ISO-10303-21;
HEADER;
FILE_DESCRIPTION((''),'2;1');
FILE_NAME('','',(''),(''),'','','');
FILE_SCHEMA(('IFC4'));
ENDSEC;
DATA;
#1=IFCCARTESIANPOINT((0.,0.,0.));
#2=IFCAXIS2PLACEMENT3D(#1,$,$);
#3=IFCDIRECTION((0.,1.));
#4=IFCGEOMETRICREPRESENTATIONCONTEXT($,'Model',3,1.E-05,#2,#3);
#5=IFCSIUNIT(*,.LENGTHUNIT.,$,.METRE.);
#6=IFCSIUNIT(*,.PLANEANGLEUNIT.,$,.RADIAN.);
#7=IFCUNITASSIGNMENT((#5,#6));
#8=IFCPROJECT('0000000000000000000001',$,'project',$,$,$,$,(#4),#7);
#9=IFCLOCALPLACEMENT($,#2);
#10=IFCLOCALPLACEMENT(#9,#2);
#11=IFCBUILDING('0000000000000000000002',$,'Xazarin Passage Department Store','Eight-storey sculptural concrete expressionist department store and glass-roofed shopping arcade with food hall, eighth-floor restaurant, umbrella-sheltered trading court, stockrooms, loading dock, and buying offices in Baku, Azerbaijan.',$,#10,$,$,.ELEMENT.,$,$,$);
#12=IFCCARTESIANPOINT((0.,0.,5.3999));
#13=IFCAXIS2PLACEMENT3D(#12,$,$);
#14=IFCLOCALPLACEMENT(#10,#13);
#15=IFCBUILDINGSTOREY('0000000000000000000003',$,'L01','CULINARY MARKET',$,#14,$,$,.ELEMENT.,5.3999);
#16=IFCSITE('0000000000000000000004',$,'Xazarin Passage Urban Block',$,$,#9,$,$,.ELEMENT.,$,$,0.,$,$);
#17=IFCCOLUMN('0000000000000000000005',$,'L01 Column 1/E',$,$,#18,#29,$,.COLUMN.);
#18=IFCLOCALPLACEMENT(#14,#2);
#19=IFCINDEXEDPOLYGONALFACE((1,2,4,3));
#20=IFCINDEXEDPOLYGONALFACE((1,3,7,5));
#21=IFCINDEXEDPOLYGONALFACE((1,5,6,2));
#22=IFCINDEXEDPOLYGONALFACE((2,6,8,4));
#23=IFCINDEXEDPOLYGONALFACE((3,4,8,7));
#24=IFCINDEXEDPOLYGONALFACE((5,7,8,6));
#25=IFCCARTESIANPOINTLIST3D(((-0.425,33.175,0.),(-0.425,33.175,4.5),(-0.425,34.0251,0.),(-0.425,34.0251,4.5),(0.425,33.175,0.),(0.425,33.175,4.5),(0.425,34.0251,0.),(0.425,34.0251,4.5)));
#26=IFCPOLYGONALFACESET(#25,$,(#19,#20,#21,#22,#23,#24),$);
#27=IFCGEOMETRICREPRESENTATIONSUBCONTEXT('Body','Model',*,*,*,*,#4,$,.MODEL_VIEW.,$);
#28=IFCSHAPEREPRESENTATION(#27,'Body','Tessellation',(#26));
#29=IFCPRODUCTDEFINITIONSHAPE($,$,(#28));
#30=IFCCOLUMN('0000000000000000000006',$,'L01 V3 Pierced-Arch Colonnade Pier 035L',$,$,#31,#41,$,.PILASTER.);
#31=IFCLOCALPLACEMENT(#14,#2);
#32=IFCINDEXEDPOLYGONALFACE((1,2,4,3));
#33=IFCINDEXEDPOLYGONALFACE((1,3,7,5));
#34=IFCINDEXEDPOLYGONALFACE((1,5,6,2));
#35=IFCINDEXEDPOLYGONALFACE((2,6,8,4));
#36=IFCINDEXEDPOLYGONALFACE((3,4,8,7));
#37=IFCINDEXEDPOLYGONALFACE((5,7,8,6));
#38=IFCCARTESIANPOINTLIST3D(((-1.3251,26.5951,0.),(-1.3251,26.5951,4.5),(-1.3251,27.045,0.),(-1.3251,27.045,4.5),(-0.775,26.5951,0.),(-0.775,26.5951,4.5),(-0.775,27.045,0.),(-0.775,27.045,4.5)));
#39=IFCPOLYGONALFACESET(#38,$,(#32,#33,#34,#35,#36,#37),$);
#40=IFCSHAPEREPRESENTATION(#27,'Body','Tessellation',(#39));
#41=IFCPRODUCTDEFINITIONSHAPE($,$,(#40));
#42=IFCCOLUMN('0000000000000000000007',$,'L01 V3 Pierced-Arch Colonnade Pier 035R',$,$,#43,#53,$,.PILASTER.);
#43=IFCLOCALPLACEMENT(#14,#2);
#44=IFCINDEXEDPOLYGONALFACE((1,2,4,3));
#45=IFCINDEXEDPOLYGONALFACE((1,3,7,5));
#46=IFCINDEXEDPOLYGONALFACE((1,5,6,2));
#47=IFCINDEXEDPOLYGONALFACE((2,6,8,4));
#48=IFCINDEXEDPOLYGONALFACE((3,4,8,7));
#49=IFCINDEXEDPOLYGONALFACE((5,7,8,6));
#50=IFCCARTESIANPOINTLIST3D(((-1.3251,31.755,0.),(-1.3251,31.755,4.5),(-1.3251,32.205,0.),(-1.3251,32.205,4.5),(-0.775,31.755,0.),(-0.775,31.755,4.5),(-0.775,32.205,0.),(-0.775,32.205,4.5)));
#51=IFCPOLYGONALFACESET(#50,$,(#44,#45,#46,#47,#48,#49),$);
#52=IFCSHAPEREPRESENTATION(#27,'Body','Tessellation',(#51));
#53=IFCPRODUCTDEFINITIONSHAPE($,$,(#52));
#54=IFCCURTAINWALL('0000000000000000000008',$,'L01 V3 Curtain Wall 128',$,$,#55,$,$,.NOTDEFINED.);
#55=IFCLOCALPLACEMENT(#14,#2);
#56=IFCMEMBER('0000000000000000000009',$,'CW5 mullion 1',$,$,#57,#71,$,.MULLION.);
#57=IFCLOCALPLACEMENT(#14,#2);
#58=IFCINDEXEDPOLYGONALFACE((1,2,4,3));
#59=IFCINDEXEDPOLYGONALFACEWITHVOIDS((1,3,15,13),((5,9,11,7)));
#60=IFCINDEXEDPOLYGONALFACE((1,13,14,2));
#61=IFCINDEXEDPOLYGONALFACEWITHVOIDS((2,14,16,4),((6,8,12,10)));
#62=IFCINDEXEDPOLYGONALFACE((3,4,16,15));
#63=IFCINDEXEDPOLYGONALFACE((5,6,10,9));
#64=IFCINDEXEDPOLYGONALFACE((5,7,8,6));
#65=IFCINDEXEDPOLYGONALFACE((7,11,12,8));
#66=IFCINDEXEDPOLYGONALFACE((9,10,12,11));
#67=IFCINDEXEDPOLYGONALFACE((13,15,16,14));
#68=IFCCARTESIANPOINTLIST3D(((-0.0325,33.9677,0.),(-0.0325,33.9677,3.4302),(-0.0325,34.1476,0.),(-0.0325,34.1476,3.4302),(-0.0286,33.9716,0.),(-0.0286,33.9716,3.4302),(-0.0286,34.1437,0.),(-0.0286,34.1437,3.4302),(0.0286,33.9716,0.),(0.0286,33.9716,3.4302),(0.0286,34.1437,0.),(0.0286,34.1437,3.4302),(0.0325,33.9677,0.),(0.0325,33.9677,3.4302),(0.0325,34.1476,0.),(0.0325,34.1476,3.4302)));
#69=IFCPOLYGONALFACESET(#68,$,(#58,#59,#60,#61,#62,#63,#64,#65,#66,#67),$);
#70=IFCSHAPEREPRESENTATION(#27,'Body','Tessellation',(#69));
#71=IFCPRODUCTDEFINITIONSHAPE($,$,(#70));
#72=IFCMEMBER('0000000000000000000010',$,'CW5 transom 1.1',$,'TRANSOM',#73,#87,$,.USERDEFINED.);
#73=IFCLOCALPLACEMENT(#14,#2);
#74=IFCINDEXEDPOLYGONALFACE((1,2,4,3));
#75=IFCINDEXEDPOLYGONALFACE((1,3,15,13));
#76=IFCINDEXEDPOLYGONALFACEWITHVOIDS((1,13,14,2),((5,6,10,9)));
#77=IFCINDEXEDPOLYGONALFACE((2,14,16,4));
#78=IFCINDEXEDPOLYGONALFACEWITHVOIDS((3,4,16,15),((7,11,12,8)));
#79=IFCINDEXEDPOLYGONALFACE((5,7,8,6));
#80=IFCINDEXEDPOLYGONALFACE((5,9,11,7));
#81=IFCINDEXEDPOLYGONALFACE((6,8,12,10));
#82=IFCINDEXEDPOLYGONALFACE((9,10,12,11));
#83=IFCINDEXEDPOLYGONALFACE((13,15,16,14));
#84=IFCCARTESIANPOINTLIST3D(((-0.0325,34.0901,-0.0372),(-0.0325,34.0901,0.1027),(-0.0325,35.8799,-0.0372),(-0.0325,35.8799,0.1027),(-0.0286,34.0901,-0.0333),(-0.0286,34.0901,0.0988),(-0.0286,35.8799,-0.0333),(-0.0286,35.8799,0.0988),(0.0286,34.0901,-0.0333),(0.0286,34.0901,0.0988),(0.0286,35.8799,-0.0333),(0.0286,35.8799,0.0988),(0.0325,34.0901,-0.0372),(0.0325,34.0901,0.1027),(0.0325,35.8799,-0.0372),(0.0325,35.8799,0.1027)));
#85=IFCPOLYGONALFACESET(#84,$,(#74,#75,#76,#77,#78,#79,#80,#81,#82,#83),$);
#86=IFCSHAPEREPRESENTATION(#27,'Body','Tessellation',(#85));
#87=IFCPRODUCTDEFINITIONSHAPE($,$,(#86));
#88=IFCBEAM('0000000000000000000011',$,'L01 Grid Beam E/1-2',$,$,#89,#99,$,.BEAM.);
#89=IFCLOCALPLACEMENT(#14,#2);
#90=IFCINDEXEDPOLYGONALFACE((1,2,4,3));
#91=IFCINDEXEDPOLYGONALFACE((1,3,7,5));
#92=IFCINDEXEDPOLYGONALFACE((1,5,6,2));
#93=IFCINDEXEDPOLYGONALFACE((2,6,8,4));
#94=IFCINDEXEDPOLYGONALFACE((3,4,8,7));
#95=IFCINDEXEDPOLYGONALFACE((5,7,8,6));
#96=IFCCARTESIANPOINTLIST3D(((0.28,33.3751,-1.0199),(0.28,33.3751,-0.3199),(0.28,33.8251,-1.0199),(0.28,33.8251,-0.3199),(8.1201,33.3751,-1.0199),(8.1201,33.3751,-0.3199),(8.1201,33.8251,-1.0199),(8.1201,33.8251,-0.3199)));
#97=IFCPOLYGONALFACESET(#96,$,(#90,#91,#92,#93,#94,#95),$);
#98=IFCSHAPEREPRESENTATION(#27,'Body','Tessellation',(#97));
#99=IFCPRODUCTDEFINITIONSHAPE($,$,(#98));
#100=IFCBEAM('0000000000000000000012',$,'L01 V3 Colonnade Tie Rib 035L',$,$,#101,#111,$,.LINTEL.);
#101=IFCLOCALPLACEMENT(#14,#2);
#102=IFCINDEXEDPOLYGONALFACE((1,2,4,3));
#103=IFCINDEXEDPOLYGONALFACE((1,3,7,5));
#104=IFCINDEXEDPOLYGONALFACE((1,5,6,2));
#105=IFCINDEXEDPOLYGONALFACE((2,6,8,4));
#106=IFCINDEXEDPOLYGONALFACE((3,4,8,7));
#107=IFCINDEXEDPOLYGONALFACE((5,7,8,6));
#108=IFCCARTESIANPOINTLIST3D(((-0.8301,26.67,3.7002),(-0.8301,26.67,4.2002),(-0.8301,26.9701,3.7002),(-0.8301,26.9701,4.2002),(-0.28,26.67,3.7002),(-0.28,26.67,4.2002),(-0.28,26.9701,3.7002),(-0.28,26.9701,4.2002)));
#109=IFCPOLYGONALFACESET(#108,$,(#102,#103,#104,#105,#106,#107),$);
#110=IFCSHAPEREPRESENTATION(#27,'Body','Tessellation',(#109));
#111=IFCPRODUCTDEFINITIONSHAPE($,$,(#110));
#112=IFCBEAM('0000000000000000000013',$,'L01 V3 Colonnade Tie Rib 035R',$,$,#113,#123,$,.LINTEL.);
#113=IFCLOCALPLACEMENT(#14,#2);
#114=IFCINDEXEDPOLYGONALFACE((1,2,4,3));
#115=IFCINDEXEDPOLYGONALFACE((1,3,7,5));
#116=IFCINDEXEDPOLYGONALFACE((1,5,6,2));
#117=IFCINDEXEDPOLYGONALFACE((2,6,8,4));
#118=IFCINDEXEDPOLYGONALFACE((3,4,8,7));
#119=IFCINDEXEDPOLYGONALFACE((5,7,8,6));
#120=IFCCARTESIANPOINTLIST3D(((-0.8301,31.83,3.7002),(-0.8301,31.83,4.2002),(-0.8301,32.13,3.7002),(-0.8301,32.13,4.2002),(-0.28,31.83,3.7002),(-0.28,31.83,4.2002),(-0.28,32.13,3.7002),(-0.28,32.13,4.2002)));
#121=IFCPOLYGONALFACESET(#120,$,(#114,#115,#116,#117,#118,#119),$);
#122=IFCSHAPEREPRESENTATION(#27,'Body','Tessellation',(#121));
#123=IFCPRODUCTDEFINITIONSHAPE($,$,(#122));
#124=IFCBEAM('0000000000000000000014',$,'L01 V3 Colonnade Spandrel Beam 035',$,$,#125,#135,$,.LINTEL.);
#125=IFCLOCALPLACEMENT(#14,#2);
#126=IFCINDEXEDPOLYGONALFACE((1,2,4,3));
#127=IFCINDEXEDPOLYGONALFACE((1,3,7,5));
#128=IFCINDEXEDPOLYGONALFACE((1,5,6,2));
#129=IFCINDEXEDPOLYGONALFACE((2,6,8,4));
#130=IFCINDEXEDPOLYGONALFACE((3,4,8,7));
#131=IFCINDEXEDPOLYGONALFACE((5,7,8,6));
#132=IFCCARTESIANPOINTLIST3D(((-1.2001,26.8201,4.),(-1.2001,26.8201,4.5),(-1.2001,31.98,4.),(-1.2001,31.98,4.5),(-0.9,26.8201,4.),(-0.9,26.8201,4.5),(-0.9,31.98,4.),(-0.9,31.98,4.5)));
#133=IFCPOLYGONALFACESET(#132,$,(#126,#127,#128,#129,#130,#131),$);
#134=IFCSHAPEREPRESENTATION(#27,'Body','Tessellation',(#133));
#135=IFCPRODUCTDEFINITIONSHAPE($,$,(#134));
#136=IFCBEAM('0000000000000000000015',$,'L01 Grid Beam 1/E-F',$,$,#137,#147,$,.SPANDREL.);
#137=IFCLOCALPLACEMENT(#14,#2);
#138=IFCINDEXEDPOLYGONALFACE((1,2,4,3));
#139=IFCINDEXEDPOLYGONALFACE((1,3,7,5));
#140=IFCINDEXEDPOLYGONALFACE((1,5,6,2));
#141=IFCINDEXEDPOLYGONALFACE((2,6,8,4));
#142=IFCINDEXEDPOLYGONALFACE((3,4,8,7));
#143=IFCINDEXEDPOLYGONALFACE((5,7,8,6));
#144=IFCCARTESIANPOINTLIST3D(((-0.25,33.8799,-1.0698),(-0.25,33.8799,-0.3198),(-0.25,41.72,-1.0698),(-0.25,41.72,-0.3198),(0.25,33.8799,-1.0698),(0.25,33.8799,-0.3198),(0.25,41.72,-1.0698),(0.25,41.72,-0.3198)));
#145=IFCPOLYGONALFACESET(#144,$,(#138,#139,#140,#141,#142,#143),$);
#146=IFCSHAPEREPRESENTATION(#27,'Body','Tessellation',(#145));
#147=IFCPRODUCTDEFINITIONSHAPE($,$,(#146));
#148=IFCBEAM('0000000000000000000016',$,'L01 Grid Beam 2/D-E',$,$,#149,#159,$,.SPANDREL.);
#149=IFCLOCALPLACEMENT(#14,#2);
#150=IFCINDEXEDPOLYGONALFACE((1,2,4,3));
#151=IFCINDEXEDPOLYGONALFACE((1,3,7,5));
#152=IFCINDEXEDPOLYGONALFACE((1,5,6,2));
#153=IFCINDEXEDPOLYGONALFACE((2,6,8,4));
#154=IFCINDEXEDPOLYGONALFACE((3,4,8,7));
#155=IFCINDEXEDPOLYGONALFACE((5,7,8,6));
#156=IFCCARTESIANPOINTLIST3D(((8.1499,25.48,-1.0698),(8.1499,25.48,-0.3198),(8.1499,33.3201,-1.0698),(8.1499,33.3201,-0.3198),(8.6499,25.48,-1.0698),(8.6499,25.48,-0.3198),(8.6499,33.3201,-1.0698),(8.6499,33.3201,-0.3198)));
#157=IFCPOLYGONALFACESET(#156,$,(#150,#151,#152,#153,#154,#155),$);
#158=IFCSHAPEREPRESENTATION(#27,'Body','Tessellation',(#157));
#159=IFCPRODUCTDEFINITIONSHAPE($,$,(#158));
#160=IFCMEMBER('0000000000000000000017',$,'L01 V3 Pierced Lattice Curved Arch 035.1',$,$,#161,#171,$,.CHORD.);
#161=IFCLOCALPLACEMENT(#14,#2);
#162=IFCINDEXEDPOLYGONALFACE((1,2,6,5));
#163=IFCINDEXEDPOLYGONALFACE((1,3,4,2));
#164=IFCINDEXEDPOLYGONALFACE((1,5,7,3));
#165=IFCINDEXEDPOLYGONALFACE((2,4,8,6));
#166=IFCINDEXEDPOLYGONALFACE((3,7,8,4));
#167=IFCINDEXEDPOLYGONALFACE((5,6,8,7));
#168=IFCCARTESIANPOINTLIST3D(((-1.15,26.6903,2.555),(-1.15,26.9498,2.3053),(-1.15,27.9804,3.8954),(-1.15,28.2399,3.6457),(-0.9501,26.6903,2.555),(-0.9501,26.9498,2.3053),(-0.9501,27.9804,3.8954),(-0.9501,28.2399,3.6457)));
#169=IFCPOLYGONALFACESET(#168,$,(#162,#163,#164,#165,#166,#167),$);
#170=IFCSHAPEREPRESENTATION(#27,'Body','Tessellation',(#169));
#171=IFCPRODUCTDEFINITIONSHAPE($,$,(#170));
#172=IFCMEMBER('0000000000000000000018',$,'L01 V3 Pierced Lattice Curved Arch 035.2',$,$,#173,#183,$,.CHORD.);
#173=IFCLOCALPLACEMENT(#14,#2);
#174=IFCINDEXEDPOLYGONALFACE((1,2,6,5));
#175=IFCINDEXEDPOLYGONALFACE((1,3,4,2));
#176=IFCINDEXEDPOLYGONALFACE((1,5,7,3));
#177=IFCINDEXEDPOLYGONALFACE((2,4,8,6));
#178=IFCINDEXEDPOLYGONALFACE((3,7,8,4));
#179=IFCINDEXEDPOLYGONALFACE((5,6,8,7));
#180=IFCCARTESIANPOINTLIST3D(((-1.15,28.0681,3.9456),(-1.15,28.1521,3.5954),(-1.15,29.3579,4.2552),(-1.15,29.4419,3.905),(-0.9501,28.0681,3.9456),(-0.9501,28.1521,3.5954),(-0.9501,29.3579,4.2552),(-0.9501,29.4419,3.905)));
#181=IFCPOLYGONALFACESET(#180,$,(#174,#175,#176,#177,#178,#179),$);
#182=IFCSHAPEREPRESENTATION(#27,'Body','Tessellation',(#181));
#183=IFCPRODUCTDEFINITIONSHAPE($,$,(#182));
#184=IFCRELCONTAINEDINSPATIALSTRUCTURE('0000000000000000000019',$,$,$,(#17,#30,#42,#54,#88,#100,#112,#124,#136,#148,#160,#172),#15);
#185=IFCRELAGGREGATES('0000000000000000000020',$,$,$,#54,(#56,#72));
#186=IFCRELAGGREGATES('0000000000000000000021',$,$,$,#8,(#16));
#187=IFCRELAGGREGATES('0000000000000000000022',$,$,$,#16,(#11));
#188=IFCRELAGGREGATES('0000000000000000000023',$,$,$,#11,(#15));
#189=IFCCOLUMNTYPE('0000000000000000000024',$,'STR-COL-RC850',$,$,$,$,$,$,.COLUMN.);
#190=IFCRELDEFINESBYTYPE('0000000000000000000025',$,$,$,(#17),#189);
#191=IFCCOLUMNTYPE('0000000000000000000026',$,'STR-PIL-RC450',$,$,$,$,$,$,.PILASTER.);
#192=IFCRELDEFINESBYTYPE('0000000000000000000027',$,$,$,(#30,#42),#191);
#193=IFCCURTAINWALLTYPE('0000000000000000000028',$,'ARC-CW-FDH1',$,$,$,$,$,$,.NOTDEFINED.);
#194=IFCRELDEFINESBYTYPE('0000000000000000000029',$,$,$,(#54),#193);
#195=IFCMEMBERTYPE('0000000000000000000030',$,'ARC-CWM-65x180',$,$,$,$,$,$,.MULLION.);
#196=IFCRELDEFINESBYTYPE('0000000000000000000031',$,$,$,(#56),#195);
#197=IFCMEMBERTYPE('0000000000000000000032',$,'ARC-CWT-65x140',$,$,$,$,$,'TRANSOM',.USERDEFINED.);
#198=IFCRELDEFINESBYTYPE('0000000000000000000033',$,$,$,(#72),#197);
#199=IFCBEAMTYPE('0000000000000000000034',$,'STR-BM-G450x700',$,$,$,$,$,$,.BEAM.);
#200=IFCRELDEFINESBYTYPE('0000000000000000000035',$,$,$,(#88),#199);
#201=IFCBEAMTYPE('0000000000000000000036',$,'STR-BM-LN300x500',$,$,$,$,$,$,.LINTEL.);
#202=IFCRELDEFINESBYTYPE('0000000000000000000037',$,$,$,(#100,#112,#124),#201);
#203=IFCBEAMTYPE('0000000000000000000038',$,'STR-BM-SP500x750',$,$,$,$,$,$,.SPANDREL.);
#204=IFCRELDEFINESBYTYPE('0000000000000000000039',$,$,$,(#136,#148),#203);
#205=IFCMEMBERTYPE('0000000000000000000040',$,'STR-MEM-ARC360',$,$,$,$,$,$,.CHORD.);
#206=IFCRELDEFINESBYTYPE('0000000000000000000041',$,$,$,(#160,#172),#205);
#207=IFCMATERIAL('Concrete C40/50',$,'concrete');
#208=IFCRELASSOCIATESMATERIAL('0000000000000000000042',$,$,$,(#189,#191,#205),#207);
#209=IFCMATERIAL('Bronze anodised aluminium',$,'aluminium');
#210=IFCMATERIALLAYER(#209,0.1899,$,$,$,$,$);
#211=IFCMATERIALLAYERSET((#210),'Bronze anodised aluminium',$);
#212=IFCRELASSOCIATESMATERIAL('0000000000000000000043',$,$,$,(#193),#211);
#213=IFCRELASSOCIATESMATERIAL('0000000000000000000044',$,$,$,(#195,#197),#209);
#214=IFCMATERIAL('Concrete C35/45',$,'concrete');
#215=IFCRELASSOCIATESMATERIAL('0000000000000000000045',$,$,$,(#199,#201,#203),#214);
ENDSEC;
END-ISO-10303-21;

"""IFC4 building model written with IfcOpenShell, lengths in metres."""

from ifc_helpers import new_model, si_unit, direction, frame, origin, origin_2d, place, context, subcontext, project, spatial, rectangle, hollow_rectangle, extrude, material, layer, layer_set, material_profile, profile_set, type_object, element, aggregate, save


model = new_model("IFC4")

# Units and contexts
model_context = context("Model", 3, precision=1e-05, world=origin(), true_north=direction((0.0, 1.0)))
body_context = subcontext(model_context, "Body", "Model", "MODEL_VIEW")
ifc_project = project(units=[si_unit("LENGTHUNIT", "METRE"), si_unit("PLANEANGLEUNIT", "RADIAN")], contexts=[model_context])

# Site, building, storey
site_placement = place(None, origin())
site = spatial("IfcSite", under=ifc_project, at=site_placement, Name="Xazarin Passage Urban Block", CompositionType="ELEMENT", RefElevation=0.0)
building_placement = place(site_placement, origin())
building = spatial("IfcBuilding", under=site, at=building_placement, Name="Xazarin Passage Department Store", Description="Eight-storey sculptural concrete expressionist department store and glass-roofed shopping arcade with food hall, eighth-floor restaurant, umbrella-sheltered trading court, stockrooms, loading dock, and buying offices in Baku, Azerbaijan.", CompositionType="ELEMENT")
storey_placement = place(building_placement, frame((0.0, 0.0, 5.3999)))
storey = spatial("IfcBuildingStorey", under=building, at=storey_placement, Name="L01", Description="CULINARY MARKET", CompositionType="ELEMENT", Elevation=5.3999)

# Columns
ifc_material_1 = material(Name="Concrete C40/50", Category="concrete")
ifc_material_profile_1 = material_profile(ifc_material_1, rectangle(XDim=0.8501, YDim=0.8501, at=origin_2d()), Name="RC 850x850")
ifc_profile_set_1 = profile_set([ifc_material_profile_1], Name="Concrete C40/50")
column_type_1 = type_object("IfcColumnType", Name="STR-COL-RC850", PredefinedType="COLUMN", material=ifc_profile_set_1)
column_placement = place(storey_placement, frame((0.0, 33.6001, 0.0), z_axis=(0.0, 0.0, 1.0), x_axis=(1.0, 0.0, 0.0)))
element("IfcColumn", 1, at=column_placement, inside=storey, type_object=column_type_1, Name="L01 Column 1/E", PredefinedType="COLUMN", context=body_context, shape_type="SweptSolid", body=[
    extrude(rectangle(XDim=0.8501, YDim=0.8501, at=origin_2d()), origin(), (0.0, 0.0, 1.0), 4.5),
])
ifc_material_profile_2 = material_profile(ifc_material_1, rectangle(XDim=0.45, YDim=0.55, at=origin_2d()), Name="RC 450x550")
ifc_profile_set_2 = profile_set([ifc_material_profile_2], Name="Concrete C40/50")
column_type_2 = type_object("IfcColumnType", Name="STR-PIL-RC450", PredefinedType="PILASTER", material=ifc_profile_set_2)
for number, where, z_axis, x_axis, name in (
    (2, (-1.05, 26.8201, 0.0), (0.0, 0.0, 1.0), (0.0, 1.0, 0.0), "L01 V3 Pierced-Arch Colonnade Pier 035L"),
    (3, (-1.05, 31.98, 0.0), (0.0, 0.0, 1.0), (0.0, 1.0, 0.0), "L01 V3 Pierced-Arch Colonnade Pier 035R"),
):
    element("IfcColumn", number, at=place(storey_placement, frame(where, z_axis=z_axis, x_axis=x_axis)), inside=storey, type_object=column_type_2, Name=name, PredefinedType="PILASTER", context=body_context, shape_type="SweptSolid", body=[
        extrude(rectangle(XDim=0.45, YDim=0.55, at=origin_2d()), origin(), (0.0, 0.0, 1.0), 4.5),
    ])

# Curtain wall, members
ifc_material_2 = material(Name="Bronze anodised aluminium", Category="aluminium")
ifc_layer_1 = layer(ifc_material_2, 0.1899)
ifc_layer_set_1 = layer_set([ifc_layer_1], Name="Bronze anodised aluminium")
curtain_wall_type = type_object("IfcCurtainWallType", Name="ARC-CW-FDH1", PredefinedType="NOTDEFINED", material=ifc_layer_set_1)
curtain_wall_placement = place(storey_placement, origin())
curtain_wall = element("IfcCurtainWall", 4, at=curtain_wall_placement, inside=storey, type_object=curtain_wall_type, Name="L01 V3 Curtain Wall 128", PredefinedType="NOTDEFINED")
ifc_material_profile_3 = material_profile(ifc_material_2, hollow_rectangle(XDim=0.0649, YDim=0.1799, WallThickness=0.0039, at=origin_2d()), Name="ALU 65x180")
ifc_profile_set_3 = profile_set([ifc_material_profile_3], Name="Bronze anodised aluminium")
member_type_1 = type_object("IfcMemberType", Name="ARC-CWM-65x180", PredefinedType="MULLION", material=ifc_profile_set_3)
member_1_placement = place(storey_placement, frame((0.0, 34.0576, 0.0), z_axis=(0.0, 0.0, 1.0), x_axis=(-1.0, 0.0, 0.0)))
member_1 = element("IfcMember", 5, at=member_1_placement, type_object=member_type_1, Name="CW5 mullion 1", PredefinedType="MULLION", context=body_context, shape_type="SweptSolid", body=[
    extrude(hollow_rectangle(XDim=0.0649, YDim=0.1799, WallThickness=0.0039, at=origin_2d()), origin(), (0.0, 0.0, 1.0), 3.4302),
])
ifc_material_profile_4 = material_profile(ifc_material_2, hollow_rectangle(XDim=0.0649, YDim=0.1399, WallThickness=0.0039, at=origin_2d()), Name="ALU 65x140")
ifc_profile_set_4 = profile_set([ifc_material_profile_4], Name="Bronze anodised aluminium")
member_type_2 = type_object("IfcMemberType", Name="ARC-CWT-65x140", ElementType="TRANSOM", PredefinedType="USERDEFINED", material=ifc_profile_set_4)
member_2_placement = place(storey_placement, frame((0.0, 34.0901, 0.0327), z_axis=(0.0, 1.0, 0.0), x_axis=(-1.0, 0.0, 0.0)))
member_2 = element("IfcMember", 6, at=member_2_placement, type_object=member_type_2, Name="CW5 transom 1.1", ObjectType="TRANSOM", PredefinedType="USERDEFINED", context=body_context, shape_type="SweptSolid", body=[
    extrude(hollow_rectangle(XDim=0.0649, YDim=0.1399, WallThickness=0.0039, at=origin_2d()), origin(), (0.0, 0.0, 1.0), 1.7898),
])
aggregate(curtain_wall, [member_1, member_2])

# Beams
ifc_material_3 = material(Name="Concrete C35/45", Category="concrete")
ifc_material_profile_5 = material_profile(ifc_material_3, rectangle(XDim=0.45, YDim=0.7, at=origin_2d()), Name="RC 450x700")
ifc_profile_set_5 = profile_set([ifc_material_profile_5], Name="Concrete C35/45")
beam_type_1 = type_object("IfcBeamType", Name="STR-BM-G450x700", PredefinedType="BEAM", material=ifc_profile_set_5)
beam_1_placement = place(storey_placement, frame((0.28, 33.6001, -0.6699), z_axis=(1.0, 0.0, 0.0), x_axis=(0.0, 1.0, 0.0)))
element("IfcBeam", 7, at=beam_1_placement, inside=storey, type_object=beam_type_1, Name="L01 Grid Beam E/1-2", PredefinedType="BEAM", context=body_context, shape_type="SweptSolid", body=[
    extrude(rectangle(XDim=0.45, YDim=0.7, at=origin_2d()), origin(), (0.0, 0.0, 1.0), 7.8401),
])
ifc_material_profile_6 = material_profile(ifc_material_3, rectangle(XDim=0.3, YDim=0.5, at=origin_2d()), Name="RC 300x500")
ifc_profile_set_6 = profile_set([ifc_material_profile_6], Name="Concrete C35/45")
beam_type_2 = type_object("IfcBeamType", Name="STR-BM-LN300x500", PredefinedType="LINTEL", material=ifc_profile_set_6)
for number, where, z_axis, x_axis, name in (
    (8, (-0.28, 26.8201, 3.9502), (-1.0, 0.0, 0.0), (0.0, -1.0, 0.0), "L01 V3 Colonnade Tie Rib 035L"),
    (9, (-0.28, 31.98, 3.9502), (-1.0, 0.0, 0.0), (0.0, -1.0, 0.0), "L01 V3 Colonnade Tie Rib 035R"),
):
    element("IfcBeam", number, at=place(storey_placement, frame(where, z_axis=z_axis, x_axis=x_axis)), inside=storey, type_object=beam_type_2, Name=name, PredefinedType="LINTEL", context=body_context, shape_type="SweptSolid", body=[
        extrude(rectangle(XDim=0.3, YDim=0.5, at=origin_2d()), origin(), (0.0, 0.0, 1.0), 0.55),
    ])
beam_2_placement = place(storey_placement, frame((-1.05, 26.8201, 4.25), z_axis=(0.0, 1.0, 0.0), x_axis=(-1.0, 0.0, 0.0)))
element("IfcBeam", 10, at=beam_2_placement, inside=storey, type_object=beam_type_2, Name="L01 V3 Colonnade Spandrel Beam 035", PredefinedType="LINTEL", context=body_context, shape_type="SweptSolid", body=[
    extrude(rectangle(XDim=0.3, YDim=0.5, at=origin_2d()), origin(), (0.0, 0.0, 1.0), 5.1599),
])
ifc_material_profile_7 = material_profile(ifc_material_3, rectangle(XDim=0.5, YDim=0.75, at=origin_2d()), Name="RC 500x750")
ifc_profile_set_7 = profile_set([ifc_material_profile_7], Name="Concrete C35/45")
beam_type_3 = type_object("IfcBeamType", Name="STR-BM-SP500x750", PredefinedType="SPANDREL", material=ifc_profile_set_7)
for number, where, z_axis, x_axis, name in (
    (11, (0.0, 33.8799, -0.6948), (0.0, 1.0, 0.0), (-1.0, 0.0, 0.0), "L01 Grid Beam 1/E-F"),
    (12, (8.3999, 25.48, -0.6948), (0.0, 1.0, 0.0), (-1.0, 0.0, 0.0), "L01 Grid Beam 2/D-E"),
):
    element("IfcBeam", number, at=place(storey_placement, frame(where, z_axis=z_axis, x_axis=x_axis)), inside=storey, type_object=beam_type_3, Name=name, PredefinedType="SPANDREL", context=body_context, shape_type="SweptSolid", body=[
        extrude(rectangle(XDim=0.5, YDim=0.75, at=origin_2d()), origin(), (0.0, 0.0, 1.0), 7.8401),
    ])

# Members
ifc_material_profile_8 = material_profile(ifc_material_1, rectangle(XDim=0.2, YDim=0.3601, at=origin_2d()), Name="RC 200x360")
ifc_profile_set_8 = profile_set([ifc_material_profile_8], Name="Concrete C40/50")
member_type_3 = type_object("IfcMemberType", Name="STR-MEM-ARC360", PredefinedType="CHORD", material=ifc_profile_set_8)
member_3_placement = place(storey_placement, frame((-1.05, 26.8201, 2.4302), z_axis=(0.0, 0.69346, 0.720495), x_axis=(-1.0, 0.0, 0.0)))
element("IfcMember", 13, at=member_3_placement, inside=storey, type_object=member_type_3, Name="L01 V3 Pierced Lattice Curved Arch 035.1", PredefinedType="CHORD", context=body_context, shape_type="SweptSolid", body=[
    extrude(rectangle(XDim=0.2, YDim=0.3601, at=origin_2d()), origin(), (0.0, 0.0, 1.0), 1.8604),
])
member_4_placement = place(storey_placement, frame((-1.05, 28.1101, 3.7705), z_axis=(0.0, 0.972384, 0.233387), x_axis=(-1.0, 0.0, 0.0)))
element("IfcMember", 14, at=member_4_placement, inside=storey, type_object=member_type_3, Name="L01 V3 Pierced Lattice Curved Arch 035.2", PredefinedType="CHORD", context=body_context, shape_type="SweptSolid", body=[
    extrude(rectangle(XDim=0.2, YDim=0.3601, at=origin_2d()), origin(), (0.0, 0.0, 1.0), 1.3264),
])

save(model, "model.ifc")
